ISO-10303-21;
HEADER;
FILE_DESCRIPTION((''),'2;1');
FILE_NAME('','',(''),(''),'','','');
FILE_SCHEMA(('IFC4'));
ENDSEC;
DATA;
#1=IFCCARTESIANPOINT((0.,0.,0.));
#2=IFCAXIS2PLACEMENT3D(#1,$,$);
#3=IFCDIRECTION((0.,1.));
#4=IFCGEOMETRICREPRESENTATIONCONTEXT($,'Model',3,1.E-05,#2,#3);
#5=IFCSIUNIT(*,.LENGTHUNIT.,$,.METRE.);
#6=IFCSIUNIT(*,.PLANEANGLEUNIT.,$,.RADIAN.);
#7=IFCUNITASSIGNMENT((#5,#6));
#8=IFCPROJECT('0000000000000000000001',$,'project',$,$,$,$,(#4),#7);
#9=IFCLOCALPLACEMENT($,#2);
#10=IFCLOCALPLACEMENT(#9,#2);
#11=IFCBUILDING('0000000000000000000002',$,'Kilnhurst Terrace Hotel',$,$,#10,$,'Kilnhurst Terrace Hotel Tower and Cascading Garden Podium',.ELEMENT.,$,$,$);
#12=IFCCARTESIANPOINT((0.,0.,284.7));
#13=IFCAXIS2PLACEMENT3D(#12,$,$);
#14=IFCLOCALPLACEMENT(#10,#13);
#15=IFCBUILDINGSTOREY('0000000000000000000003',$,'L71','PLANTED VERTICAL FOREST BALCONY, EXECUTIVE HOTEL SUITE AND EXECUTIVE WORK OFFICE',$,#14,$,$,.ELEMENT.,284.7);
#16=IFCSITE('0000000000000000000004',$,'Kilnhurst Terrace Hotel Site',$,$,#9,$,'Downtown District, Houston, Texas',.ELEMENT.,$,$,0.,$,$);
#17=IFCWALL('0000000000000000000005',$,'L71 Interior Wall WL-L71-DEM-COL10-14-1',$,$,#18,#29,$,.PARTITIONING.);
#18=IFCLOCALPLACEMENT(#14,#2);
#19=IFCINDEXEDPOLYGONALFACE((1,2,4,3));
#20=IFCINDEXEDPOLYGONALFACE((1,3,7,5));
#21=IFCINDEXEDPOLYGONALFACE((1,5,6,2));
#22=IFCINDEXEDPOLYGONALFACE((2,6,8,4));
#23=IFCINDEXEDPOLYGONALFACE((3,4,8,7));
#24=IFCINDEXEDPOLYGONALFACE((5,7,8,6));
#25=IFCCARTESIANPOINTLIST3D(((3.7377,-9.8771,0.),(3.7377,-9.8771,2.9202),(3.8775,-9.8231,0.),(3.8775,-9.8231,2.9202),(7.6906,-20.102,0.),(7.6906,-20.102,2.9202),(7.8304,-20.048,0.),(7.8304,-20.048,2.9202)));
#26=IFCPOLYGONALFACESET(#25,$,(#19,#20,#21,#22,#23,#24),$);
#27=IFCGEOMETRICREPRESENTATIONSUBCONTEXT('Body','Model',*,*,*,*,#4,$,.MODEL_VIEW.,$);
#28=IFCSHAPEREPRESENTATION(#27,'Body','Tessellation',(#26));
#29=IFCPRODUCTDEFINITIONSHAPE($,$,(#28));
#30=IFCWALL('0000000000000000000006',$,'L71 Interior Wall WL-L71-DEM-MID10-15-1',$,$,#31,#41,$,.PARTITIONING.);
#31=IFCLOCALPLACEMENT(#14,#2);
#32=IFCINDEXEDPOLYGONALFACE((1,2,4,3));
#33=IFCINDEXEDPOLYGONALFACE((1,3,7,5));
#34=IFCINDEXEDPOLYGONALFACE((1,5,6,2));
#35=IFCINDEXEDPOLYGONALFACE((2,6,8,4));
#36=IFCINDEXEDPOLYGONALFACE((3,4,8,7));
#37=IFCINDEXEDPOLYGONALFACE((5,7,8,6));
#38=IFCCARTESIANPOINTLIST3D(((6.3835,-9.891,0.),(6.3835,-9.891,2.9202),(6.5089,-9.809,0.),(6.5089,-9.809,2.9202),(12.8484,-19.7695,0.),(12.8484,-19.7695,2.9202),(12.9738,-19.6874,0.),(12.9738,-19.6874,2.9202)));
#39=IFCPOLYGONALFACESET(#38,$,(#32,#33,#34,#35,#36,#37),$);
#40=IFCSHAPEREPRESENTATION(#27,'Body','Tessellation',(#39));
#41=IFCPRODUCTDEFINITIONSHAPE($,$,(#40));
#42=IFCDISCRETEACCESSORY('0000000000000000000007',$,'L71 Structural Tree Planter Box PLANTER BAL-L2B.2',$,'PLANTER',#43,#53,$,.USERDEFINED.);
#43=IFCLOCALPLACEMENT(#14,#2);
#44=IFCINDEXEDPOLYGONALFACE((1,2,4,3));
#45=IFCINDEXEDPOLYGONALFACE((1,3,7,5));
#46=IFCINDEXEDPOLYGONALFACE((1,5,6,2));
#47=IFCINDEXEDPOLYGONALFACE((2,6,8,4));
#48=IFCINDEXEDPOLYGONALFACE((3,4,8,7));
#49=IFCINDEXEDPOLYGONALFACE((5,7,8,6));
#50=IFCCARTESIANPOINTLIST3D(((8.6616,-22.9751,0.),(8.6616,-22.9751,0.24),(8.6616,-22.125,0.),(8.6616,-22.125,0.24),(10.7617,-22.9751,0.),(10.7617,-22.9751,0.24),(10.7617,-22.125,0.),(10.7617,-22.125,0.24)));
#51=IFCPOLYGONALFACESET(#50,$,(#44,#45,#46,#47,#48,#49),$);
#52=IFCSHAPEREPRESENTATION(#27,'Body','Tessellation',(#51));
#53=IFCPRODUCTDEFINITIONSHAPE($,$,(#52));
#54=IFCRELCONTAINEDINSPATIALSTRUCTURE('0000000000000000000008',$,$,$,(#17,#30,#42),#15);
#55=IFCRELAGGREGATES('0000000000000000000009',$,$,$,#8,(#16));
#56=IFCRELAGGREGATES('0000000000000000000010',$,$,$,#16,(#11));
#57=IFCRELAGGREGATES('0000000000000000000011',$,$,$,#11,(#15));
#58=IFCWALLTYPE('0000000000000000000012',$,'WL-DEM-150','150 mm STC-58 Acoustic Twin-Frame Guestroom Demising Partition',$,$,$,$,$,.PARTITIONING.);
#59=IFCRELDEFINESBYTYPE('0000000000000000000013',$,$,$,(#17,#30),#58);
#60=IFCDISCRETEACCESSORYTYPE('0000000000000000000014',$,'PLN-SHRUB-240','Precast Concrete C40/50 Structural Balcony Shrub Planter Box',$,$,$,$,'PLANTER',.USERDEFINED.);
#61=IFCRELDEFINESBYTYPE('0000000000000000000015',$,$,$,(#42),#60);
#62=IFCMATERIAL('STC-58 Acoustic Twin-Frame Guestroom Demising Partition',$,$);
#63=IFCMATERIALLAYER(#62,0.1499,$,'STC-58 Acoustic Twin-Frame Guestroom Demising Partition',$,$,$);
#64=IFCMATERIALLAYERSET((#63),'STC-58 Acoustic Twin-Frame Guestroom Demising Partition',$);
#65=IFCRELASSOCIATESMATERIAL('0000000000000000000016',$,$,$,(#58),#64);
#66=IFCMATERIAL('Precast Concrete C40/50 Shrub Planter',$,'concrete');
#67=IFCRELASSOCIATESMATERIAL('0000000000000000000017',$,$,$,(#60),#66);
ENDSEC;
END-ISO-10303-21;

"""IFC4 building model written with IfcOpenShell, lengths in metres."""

from ifc_helpers import new_model, si_unit, direction, frame, frame_2d, origin, origin_2d, place, context, subcontext, project, spatial, rectangle, extrude, material, layer, layer_set, type_object, element, save


model = new_model("IFC4")

# Units and contexts
model_context = context("Model", 3, precision=1e-05, world=origin(), true_north=direction((0.0, 1.0)))
body_context = subcontext(model_context, "Body", "Model", "MODEL_VIEW")
ifc_project = project(units=[si_unit("LENGTHUNIT", "METRE"), si_unit("PLANEANGLEUNIT", "RADIAN")], contexts=[model_context])

# Site, building, storey
site_placement = place(None, origin())
site = spatial("IfcSite", under=ifc_project, at=site_placement, Name="Kilnhurst Terrace Hotel Site", LongName="Downtown District, Houston, Texas", CompositionType="ELEMENT", RefElevation=0.0)
building_placement = place(site_placement, origin())
building = spatial("IfcBuilding", under=site, at=building_placement, Name="Kilnhurst Terrace Hotel", LongName="Kilnhurst Terrace Hotel Tower and Cascading Garden Podium", CompositionType="ELEMENT")
storey_placement = place(building_placement, frame((0.0, 0.0, 284.7)))
storey = spatial("IfcBuildingStorey", under=building, at=storey_placement, Name="L71", Description="PLANTED VERTICAL FOREST BALCONY, EXECUTIVE HOTEL SUITE AND EXECUTIVE WORK OFFICE", CompositionType="ELEMENT", Elevation=284.7)

# Walls
ifc_material_1 = material(Name="STC-58 Acoustic Twin-Frame Guestroom Demising Partition")
ifc_layer_1 = layer(ifc_material_1, 0.1499, Name="STC-58 Acoustic Twin-Frame Guestroom Demising Partition")
ifc_layer_set_1 = layer_set([ifc_layer_1], Name="STC-58 Acoustic Twin-Frame Guestroom Demising Partition")
wall_type_1 = type_object("IfcWallType", Name="WL-DEM-150", Description="150 mm STC-58 Acoustic Twin-Frame Guestroom Demising Partition", PredefinedType="PARTITIONING", material=ifc_layer_set_1)
wall_1_placement = place(storey_placement, frame((3.8076, -9.8501, 0.0), z_axis=(0.0, 0.0, 1.0), x_axis=(0.360587, -0.932725, 0.0)))
element("IfcWall", 1, at=wall_1_placement, inside=storey, type_object=wall_type_1, Name="L71 Interior Wall WL-L71-DEM-COL10-14-1", PredefinedType="PARTITIONING", context=body_context, shape_type="SweptSolid", body=[
    extrude(rectangle(XDim=10.9624, YDim=0.1499, at=frame_2d((5.4812, 0.0))), origin(), (0.0, 0.0, 1.0), 2.9202),
])
wall_2_placement = place(storey_placement, frame((6.4463, -9.8501, 0.0), z_axis=(0.0, 0.0, 1.0), x_axis=(0.547598, -0.836741, 0.0)))
element("IfcWall", 2, at=wall_2_placement, inside=storey, type_object=wall_type_1, Name="L71 Interior Wall WL-L71-DEM-MID10-15-1", PredefinedType="PARTITIONING", context=body_context, shape_type="SweptSolid", body=[
    extrude(rectangle(XDim=11.8059, YDim=0.1499, at=frame_2d((5.9028, 0.0))), origin(), (0.0, 0.0, 1.0), 2.9202),
])

# Discrete accessory
ifc_material_2 = material(Name="Precast Concrete C40/50 Shrub Planter", Category="concrete")
discrete_accessory_type = type_object("IfcDiscreteAccessoryType", Name="PLN-SHRUB-240", Description="Precast Concrete C40/50 Structural Balcony Shrub Planter Box", ElementType="PLANTER", PredefinedType="USERDEFINED", material=ifc_material_2)
discrete_accessory_placement = place(storey_placement, frame((9.7117, -22.55, 0.0), z_axis=(0.0, 0.0, 1.0), x_axis=(1.0, 0.0, 0.0)))
element("IfcDiscreteAccessory", 3, at=discrete_accessory_placement, inside=storey, type_object=discrete_accessory_type, Name="L71 Structural Tree Planter Box PLANTER BAL-L2B.2", ObjectType="PLANTER", PredefinedType="USERDEFINED", context=body_context, shape_type="SweptSolid", body=[
    extrude(rectangle(XDim=2.1001, YDim=0.8501, at=origin_2d()), origin(), (0.0, 0.0, 1.0), 0.24),
])

save(model, "model.ifc")
